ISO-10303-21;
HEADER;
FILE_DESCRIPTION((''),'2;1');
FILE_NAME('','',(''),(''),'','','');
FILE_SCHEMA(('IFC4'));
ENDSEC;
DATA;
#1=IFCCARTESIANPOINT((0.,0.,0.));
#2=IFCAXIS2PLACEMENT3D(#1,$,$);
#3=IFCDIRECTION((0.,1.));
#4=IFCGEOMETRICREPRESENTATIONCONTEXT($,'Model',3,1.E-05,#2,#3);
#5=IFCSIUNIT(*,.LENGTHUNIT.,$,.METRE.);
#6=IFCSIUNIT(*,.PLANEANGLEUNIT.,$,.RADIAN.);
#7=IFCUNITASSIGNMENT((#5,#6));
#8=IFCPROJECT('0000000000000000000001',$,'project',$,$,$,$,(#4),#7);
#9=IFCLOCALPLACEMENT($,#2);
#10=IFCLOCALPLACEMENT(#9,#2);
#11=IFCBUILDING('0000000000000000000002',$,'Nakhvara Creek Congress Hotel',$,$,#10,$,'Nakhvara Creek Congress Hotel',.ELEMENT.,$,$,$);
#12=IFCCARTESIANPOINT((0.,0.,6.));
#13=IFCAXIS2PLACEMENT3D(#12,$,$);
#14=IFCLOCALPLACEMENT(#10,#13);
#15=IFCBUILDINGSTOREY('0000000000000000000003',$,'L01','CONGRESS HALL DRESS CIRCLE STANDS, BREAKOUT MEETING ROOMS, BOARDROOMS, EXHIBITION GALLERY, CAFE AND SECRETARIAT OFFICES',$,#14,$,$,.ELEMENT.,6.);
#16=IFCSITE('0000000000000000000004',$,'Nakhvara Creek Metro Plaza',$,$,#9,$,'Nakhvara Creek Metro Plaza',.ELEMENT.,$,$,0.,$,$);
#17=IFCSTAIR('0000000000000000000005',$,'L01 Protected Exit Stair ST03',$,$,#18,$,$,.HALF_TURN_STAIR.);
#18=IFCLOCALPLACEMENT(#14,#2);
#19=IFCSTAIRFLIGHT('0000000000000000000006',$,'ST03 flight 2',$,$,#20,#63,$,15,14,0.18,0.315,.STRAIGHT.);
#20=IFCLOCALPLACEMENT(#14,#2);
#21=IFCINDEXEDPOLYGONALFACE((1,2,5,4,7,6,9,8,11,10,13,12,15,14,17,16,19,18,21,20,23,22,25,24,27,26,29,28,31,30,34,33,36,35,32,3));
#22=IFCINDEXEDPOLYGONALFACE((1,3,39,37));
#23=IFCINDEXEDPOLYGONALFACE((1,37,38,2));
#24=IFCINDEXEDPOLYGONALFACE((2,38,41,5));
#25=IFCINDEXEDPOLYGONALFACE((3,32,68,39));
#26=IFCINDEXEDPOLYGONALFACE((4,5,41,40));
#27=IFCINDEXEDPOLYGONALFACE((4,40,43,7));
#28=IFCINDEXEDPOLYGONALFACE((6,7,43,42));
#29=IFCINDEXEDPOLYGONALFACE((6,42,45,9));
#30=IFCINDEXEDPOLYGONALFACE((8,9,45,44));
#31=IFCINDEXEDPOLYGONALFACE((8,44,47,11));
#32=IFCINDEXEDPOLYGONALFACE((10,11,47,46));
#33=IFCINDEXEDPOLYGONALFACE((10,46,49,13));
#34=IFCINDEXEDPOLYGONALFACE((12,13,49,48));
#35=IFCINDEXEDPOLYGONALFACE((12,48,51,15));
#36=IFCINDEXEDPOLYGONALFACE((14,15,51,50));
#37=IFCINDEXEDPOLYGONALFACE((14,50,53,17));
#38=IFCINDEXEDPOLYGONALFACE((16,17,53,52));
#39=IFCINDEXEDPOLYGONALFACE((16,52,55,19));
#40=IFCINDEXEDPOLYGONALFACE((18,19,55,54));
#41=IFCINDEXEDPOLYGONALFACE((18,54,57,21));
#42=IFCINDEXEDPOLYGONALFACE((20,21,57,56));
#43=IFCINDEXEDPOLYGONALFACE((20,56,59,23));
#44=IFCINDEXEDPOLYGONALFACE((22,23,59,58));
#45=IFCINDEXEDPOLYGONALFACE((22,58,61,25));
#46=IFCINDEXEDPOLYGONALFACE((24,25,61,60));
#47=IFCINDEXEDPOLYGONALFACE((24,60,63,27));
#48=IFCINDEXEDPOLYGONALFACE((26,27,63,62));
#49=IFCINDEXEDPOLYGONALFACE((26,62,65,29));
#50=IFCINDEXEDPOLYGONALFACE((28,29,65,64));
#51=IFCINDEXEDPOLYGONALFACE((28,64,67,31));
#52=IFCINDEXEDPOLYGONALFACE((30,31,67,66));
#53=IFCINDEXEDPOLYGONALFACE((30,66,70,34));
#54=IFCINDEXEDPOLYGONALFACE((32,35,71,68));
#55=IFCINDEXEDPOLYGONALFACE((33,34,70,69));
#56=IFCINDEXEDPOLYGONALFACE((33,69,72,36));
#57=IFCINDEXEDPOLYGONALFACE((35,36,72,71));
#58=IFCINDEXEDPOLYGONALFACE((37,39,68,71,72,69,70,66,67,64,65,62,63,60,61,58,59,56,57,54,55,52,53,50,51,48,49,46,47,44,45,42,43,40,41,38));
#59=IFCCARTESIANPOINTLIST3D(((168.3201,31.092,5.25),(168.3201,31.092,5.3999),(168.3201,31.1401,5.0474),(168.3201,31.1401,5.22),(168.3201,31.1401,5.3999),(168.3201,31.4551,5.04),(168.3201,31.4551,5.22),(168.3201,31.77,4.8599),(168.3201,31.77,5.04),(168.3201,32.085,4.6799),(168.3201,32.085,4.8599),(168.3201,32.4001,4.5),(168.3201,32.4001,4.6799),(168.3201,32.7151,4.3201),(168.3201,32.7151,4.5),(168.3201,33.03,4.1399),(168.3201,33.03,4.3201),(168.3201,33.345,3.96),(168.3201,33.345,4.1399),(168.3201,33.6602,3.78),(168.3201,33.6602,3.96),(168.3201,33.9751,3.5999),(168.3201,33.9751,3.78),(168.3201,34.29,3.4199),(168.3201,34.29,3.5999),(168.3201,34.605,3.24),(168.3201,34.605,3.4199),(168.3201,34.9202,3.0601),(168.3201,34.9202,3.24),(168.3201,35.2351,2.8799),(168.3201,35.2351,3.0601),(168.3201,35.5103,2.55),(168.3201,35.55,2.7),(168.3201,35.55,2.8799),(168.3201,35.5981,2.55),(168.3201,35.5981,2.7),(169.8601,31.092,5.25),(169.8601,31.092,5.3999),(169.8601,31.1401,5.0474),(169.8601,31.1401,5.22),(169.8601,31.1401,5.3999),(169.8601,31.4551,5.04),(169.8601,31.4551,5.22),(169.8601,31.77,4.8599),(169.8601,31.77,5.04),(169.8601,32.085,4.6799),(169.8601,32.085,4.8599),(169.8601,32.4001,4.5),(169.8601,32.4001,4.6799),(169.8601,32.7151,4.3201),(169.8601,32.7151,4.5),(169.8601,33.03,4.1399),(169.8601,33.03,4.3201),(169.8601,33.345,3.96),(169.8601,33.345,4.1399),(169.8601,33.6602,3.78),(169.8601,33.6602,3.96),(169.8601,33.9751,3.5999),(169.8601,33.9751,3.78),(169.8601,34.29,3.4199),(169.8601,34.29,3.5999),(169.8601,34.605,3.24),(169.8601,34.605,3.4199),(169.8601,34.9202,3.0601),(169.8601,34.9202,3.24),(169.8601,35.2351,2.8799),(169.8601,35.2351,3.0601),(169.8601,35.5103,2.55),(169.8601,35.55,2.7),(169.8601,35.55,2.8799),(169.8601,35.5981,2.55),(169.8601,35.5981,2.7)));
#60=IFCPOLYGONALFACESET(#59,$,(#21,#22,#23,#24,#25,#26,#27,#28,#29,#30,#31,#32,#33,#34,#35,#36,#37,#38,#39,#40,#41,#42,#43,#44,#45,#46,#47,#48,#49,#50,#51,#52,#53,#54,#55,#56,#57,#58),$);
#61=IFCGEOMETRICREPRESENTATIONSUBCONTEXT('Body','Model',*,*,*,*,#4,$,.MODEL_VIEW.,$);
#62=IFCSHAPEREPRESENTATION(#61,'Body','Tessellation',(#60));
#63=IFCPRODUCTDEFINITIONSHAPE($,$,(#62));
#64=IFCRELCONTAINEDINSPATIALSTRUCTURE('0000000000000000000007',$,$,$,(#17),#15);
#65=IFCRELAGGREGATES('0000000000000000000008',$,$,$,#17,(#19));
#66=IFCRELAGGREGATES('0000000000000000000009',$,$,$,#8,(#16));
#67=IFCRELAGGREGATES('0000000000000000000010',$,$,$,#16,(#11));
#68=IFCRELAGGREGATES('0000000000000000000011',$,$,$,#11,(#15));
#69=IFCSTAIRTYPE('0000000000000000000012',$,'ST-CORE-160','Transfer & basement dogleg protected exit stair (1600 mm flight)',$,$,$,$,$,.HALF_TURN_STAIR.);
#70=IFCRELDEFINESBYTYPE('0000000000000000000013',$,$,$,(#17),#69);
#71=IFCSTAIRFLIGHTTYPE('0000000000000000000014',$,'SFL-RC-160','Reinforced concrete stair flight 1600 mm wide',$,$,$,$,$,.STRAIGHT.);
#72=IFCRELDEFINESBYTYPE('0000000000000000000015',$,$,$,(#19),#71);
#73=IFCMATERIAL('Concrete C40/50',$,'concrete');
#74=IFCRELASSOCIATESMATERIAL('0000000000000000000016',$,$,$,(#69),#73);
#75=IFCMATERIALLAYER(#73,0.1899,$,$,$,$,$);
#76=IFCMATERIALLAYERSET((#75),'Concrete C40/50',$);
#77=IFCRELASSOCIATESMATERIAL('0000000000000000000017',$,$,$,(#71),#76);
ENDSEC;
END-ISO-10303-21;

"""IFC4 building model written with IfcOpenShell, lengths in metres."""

from ifc_helpers import new_model, si_unit, direction, frame, origin, place, context, subcontext, project, spatial, polyline, outline, extrude, material, layer, layer_set, type_object, element, aggregate, save


model = new_model("IFC4")

# Units and contexts
model_context = context("Model", 3, precision=1e-05, world=origin(), true_north=direction((0.0, 1.0)))
body_context = subcontext(model_context, "Body", "Model", "MODEL_VIEW")
ifc_project = project(units=[si_unit("LENGTHUNIT", "METRE"), si_unit("PLANEANGLEUNIT", "RADIAN")], contexts=[model_context])

# Site, building, storey
site_placement = place(None, origin())
site = spatial("IfcSite", under=ifc_project, at=site_placement, Name="Nakhvara Creek Metro Plaza", LongName="Nakhvara Creek Metro Plaza", CompositionType="ELEMENT", RefElevation=0.0)
building_placement = place(site_placement, origin())
building = spatial("IfcBuilding", under=site, at=building_placement, Name="Nakhvara Creek Congress Hotel", LongName="Nakhvara Creek Congress Hotel", CompositionType="ELEMENT")
storey_placement = place(building_placement, frame((0.0, 0.0, 6.0)))
storey = spatial("IfcBuildingStorey", under=building, at=storey_placement, Name="L01", Description="CONGRESS HALL DRESS CIRCLE STANDS, BREAKOUT MEETING ROOMS, BOARDROOMS, EXHIBITION GALLERY, CAFE AND SECRETARIAT OFFICES", CompositionType="ELEMENT", Elevation=6.0)

# Shared definitions
ifc_material_1 = material(Name="Concrete C40/50", Category="concrete")

# Stair, stair flight
stair_type = type_object("IfcStairType", Name="ST-CORE-160", Description="Transfer & basement dogleg protected exit stair (1600 mm flight)", PredefinedType="HALF_TURN_STAIR", material=ifc_material_1)
stair_placement = place(storey_placement, origin())
stair = element("IfcStair", 1, at=stair_placement, inside=storey, type_object=stair_type, Name="L01 Protected Exit Stair ST03", PredefinedType="HALF_TURN_STAIR")
ifc_layer_1 = layer(ifc_material_1, 0.1899)
ifc_layer_set_1 = layer_set([ifc_layer_1], Name="Concrete C40/50")
stair_flight_type = type_object("IfcStairFlightType", Name="SFL-RC-160", Description="Reinforced concrete stair flight 1600 mm wide", PredefinedType="STRAIGHT", material=ifc_layer_set_1)
stair_flight_1_placement = place(storey_placement, frame((169.0901, 35.55, 2.7), z_axis=(0.0, 0.0, 1.0), x_axis=(0.0, -1.0, 0.0)))
stair_flight_1 = element("IfcStairFlight", 2, at=stair_flight_1_placement, type_object=stair_flight_type, Name="ST03 flight 2", NumberOfRisers=15, NumberOfTreads=14, PredefinedType="STRAIGHT", RiserHeight=0.18, TreadLength=0.315, context=body_context, shape_type="SweptSolid", body=[
    extrude(outline(polyline([(-0.0481, 0.0), (0.0, 0.0), (0.0, 0.1799), (0.3149, 0.1799), (0.3149, 0.3601), (0.6299, 0.3601), (0.6299, 0.54), (0.9451, 0.54), (0.9451, 0.72), (1.26, 0.72), (1.26, 0.8999), (1.575, 0.8999), (1.575, 1.0801), (1.8899, 1.0801), (1.8899, 1.26), (2.2051, 1.26), (2.2051, 1.4399), (2.52, 1.4399), (2.52, 1.6201), (2.835, 1.6201), (2.835, 1.8), (3.1499, 1.8), (3.1499, 1.98), (3.4651, 1.98), (3.4651, 2.1599), (3.78, 2.1599), (3.78, 2.3401), (4.095, 2.3401), (4.095, 2.52), (4.4099, 2.52), (4.4099, 2.7), (4.458, 2.7), (4.458, 2.55), (4.4099, 2.3474), (0.0398, -0.1499), (-0.0481, -0.1499), (-0.0481, 0.0)])), frame((0.0, 0.77, 0.0), z_axis=(0.0, -1.0, 0.0), x_axis=(1.0, 0.0, 0.0)), (0.0, 0.0, 1.0), 1.54),
])
aggregate(stair, [stair_flight_1])

save(model, "model.ifc")
